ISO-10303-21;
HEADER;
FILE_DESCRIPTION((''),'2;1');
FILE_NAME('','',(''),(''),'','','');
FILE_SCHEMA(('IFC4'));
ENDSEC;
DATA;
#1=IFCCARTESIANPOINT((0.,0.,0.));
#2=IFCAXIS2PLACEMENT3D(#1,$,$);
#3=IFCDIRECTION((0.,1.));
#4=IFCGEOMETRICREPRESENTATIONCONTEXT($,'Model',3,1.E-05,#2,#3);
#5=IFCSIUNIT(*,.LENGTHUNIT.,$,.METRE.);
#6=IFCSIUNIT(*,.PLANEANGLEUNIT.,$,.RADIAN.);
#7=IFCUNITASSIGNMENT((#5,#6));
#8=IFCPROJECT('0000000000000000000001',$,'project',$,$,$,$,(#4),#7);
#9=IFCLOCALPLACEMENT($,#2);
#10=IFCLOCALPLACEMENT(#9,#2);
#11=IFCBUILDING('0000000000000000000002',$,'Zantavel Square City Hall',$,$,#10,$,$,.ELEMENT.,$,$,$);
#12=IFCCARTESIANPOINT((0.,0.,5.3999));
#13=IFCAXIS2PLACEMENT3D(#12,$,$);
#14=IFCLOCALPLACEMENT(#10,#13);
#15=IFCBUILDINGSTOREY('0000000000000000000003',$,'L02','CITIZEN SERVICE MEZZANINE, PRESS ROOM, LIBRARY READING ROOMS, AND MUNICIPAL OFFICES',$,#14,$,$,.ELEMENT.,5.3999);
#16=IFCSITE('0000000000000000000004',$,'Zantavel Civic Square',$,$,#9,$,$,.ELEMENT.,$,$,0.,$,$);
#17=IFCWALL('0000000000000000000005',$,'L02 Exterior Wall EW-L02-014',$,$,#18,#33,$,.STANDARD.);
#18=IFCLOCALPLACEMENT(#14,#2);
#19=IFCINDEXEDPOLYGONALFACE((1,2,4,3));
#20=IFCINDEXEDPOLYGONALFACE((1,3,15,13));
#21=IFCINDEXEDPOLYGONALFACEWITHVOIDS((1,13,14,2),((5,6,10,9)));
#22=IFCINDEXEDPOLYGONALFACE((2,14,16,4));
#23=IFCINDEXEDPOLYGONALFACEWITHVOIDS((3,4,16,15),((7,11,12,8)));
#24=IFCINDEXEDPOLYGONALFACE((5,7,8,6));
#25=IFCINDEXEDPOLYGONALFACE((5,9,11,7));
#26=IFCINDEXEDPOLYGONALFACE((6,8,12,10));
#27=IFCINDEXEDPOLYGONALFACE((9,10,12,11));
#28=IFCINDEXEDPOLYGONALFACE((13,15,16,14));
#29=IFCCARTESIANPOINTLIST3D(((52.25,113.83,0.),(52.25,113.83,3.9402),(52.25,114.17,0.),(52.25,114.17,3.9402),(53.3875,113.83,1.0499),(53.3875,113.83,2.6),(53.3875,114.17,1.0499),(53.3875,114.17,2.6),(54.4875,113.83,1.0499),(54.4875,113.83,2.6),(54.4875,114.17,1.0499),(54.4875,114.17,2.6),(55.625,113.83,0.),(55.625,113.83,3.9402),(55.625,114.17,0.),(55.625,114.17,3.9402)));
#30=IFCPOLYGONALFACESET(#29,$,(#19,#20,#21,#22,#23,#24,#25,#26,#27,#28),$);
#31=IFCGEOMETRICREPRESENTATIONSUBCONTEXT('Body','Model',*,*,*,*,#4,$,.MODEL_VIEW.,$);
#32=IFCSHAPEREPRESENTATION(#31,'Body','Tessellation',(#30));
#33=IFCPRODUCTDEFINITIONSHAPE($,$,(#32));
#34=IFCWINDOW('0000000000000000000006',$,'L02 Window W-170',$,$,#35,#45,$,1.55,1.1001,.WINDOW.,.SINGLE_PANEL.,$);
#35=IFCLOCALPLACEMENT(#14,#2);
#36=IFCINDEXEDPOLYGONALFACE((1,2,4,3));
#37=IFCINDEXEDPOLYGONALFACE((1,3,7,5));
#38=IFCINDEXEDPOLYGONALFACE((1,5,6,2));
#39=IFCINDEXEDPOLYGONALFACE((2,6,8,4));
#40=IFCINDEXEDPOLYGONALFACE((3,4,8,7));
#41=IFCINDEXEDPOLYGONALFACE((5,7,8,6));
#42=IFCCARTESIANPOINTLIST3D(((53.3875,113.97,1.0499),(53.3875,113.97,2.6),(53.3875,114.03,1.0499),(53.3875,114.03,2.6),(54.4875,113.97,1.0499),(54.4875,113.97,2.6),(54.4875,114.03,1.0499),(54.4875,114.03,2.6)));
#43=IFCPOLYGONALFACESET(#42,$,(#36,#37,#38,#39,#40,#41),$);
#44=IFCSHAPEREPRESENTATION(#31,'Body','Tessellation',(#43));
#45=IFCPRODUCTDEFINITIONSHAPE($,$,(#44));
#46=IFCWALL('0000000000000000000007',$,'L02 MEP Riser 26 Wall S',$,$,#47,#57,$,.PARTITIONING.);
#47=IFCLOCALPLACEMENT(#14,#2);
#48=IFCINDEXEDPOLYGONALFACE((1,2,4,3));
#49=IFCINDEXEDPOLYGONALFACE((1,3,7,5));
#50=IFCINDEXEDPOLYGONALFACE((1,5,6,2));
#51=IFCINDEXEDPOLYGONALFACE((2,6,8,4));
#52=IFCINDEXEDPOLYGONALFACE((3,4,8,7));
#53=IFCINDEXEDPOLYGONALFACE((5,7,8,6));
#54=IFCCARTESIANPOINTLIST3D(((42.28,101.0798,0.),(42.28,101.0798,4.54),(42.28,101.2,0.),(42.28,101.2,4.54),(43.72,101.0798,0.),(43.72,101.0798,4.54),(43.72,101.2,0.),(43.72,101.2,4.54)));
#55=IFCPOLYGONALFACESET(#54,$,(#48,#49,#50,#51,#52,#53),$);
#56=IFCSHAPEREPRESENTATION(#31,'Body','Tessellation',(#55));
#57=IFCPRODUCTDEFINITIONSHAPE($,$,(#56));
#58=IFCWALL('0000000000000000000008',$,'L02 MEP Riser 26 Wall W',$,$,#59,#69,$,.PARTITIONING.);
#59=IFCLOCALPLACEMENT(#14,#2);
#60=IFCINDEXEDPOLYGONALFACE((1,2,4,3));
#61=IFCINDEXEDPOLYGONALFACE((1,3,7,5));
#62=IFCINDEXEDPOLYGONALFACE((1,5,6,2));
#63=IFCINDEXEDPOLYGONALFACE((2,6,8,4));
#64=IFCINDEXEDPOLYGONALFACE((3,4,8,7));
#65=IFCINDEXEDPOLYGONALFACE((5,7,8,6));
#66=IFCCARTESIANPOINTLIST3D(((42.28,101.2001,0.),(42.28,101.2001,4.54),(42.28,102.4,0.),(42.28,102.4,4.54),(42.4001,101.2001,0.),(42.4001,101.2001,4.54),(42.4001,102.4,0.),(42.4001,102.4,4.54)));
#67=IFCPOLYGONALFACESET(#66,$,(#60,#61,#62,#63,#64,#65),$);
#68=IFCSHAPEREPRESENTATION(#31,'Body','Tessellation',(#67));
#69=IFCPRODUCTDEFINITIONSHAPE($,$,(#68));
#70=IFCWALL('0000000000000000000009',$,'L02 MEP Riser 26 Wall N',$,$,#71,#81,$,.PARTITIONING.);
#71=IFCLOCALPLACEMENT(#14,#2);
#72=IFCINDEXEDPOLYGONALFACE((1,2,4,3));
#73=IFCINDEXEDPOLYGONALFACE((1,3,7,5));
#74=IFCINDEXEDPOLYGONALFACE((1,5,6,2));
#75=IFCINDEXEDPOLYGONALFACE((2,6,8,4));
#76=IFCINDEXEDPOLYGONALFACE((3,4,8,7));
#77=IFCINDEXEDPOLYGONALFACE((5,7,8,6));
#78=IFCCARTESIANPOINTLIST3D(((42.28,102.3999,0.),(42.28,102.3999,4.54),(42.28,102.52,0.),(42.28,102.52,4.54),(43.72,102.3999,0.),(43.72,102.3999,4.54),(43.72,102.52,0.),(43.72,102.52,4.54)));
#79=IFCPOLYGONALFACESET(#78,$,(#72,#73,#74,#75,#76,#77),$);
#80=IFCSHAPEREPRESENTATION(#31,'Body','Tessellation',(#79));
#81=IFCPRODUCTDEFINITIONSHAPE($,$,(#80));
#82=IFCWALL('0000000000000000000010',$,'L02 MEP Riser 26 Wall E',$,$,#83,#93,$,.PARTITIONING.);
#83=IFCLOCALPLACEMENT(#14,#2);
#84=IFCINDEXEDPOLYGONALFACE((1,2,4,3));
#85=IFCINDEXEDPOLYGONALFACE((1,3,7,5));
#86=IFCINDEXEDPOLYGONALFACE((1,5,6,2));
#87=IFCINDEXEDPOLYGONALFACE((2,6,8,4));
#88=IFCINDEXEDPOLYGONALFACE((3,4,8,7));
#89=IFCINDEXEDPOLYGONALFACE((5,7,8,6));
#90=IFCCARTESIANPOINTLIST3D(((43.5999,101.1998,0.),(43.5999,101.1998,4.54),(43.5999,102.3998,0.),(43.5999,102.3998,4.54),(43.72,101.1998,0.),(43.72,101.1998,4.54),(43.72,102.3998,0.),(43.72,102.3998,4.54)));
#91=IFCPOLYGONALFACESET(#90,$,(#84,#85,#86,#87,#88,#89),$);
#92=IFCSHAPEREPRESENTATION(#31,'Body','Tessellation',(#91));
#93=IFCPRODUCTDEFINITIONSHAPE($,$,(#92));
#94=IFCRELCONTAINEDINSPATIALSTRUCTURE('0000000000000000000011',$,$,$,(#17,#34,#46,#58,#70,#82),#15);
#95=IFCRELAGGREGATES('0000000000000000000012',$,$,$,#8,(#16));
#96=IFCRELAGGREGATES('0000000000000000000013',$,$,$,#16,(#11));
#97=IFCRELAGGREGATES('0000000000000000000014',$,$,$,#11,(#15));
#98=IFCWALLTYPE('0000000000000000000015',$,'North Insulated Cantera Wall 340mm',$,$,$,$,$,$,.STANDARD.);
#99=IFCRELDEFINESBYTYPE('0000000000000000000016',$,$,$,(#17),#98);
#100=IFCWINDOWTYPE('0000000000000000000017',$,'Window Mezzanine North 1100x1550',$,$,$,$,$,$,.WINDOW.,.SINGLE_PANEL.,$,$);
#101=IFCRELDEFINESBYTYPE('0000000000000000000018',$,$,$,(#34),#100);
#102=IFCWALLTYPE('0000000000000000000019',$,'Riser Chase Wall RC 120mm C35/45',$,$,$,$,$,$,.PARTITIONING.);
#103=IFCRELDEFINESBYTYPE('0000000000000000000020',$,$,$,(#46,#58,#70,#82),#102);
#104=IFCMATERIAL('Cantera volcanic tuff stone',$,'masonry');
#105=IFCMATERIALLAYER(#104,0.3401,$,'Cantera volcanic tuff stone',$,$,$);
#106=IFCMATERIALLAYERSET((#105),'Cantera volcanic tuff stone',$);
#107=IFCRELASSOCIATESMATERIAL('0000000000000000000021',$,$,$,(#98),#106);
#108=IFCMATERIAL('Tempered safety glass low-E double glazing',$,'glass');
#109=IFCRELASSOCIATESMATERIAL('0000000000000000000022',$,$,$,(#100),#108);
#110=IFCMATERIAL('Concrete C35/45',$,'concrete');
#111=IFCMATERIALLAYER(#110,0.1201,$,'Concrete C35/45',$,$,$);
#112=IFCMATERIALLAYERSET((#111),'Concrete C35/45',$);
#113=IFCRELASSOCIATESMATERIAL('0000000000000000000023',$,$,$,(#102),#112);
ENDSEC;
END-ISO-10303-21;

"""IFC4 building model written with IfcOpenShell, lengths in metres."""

from ifc_helpers import new_model, si_unit, direction, frame, frame_2d, origin, place, context, subcontext, project, spatial, rectangle, extrude, material, layer, layer_set, type_object, element, fill, save


model = new_model("IFC4")

# Units and contexts
model_context = context("Model", 3, precision=1e-05, world=origin(), true_north=direction((0.0, 1.0)))
body_context = subcontext(model_context, "Body", "Model", "MODEL_VIEW")
ifc_project = project(units=[si_unit("LENGTHUNIT", "METRE"), si_unit("PLANEANGLEUNIT", "RADIAN")], contexts=[model_context])

# Site, building, storey
site_placement = place(None, origin())
site = spatial("IfcSite", under=ifc_project, at=site_placement, Name="Zantavel Civic Square", CompositionType="ELEMENT", RefElevation=0.0)
building_placement = place(site_placement, origin())
building = spatial("IfcBuilding", under=site, at=building_placement, Name="Zantavel Square City Hall", CompositionType="ELEMENT")
storey_placement = place(building_placement, frame((0.0, 0.0, 5.3999)))
storey = spatial("IfcBuildingStorey", under=building, at=storey_placement, Name="L02", Description="CITIZEN SERVICE MEZZANINE, PRESS ROOM, LIBRARY READING ROOMS, AND MUNICIPAL OFFICES", CompositionType="ELEMENT", Elevation=5.3999)

# Shared definitions
ifc_material_1 = material(Name="Concrete C35/45", Category="concrete")

# Shared definitions
ifc_material_2 = material(Name="Cantera volcanic tuff stone", Category="masonry")
ifc_material_3 = material(Name="Tempered safety glass low-E double glazing", Category="glass")

# Wall, opening, window
ifc_layer_1 = layer(ifc_material_2, 0.3401, Name="Cantera volcanic tuff stone")
ifc_layer_set_1 = layer_set([ifc_layer_1], Name="Cantera volcanic tuff stone")
wall_type_1 = type_object("IfcWallType", Name="North Insulated Cantera Wall 340mm", PredefinedType="STANDARD", material=ifc_layer_set_1)
window_type_1 = type_object("IfcWindowType", Name="Window Mezzanine North 1100x1550", PartitioningType="SINGLE_PANEL", PredefinedType="WINDOW", material=ifc_material_3)
wall_1_placement = place(storey_placement, frame((52.25, 114.0, 0.0), z_axis=(0.0, 0.0, 1.0), x_axis=(1.0, 0.0, 0.0)))
wall_1 = element("IfcWall", 1, at=wall_1_placement, inside=storey, type_object=wall_type_1, Name="L02 Exterior Wall EW-L02-014", PredefinedType="STANDARD", context=body_context, shape_type="SweptSolid", body=[
    extrude(rectangle(XDim=3.375, YDim=0.3401, at=frame_2d((1.6875, 0.0))), origin(), (0.0, 0.0, 1.0), 3.9402),
])
opening_1_placement = place(wall_1_placement, frame((1.1375, 0.0, 1.05)))
opening_1 = element("IfcOpeningElement", 2, at=opening_1_placement, cuts=wall_1, PredefinedType="OPENING", context=body_context, shape_type="SweptSolid", body=[
    extrude(rectangle(XDim=1.1001, YDim=1.55, at=frame_2d((0.55, 0.7749))), frame((0.0, 0.1799, 0.0), z_axis=(0.0, -1.0, 0.0), x_axis=(1.0, 0.0, 0.0)), (0.0, 0.0, 1.0), 0.3601),
])
window_1_placement = place(opening_1_placement, origin())
window_1 = element("IfcWindow", 3, at=window_1_placement, inside=storey, type_object=window_type_1, Name="L02 Window W-170", OverallHeight=1.55, OverallWidth=1.1001, PartitioningType="SINGLE_PANEL", PredefinedType="WINDOW", context=body_context, shape_type="SweptSolid", body=[
    extrude(rectangle(XDim=1.1001, YDim=1.55, at=frame_2d((0.55, 0.7749))), frame((0.0, 0.03, 0.0), z_axis=(0.0, -1.0, 0.0), x_axis=(1.0, 0.0, 0.0)), (0.0, 0.0, 1.0), 0.0601),
])
fill(opening_1, window_1)

# Walls
ifc_layer_2 = layer(ifc_material_1, 0.1201, Name="Concrete C35/45")
ifc_layer_set_2 = layer_set([ifc_layer_2], Name="Concrete C35/45")
wall_type_2 = type_object("IfcWallType", Name="Riser Chase Wall RC 120mm C35/45", PredefinedType="PARTITIONING", material=ifc_layer_set_2)
wall_2_placement = place(storey_placement, frame((43.72, 101.1399, 0.0), z_axis=(0.0, 0.0, 1.0), x_axis=(-1.0, 0.0, 0.0)))
element("IfcWall", 4, at=wall_2_placement, inside=storey, type_object=wall_type_2, Name="L02 MEP Riser 26 Wall S", PredefinedType="PARTITIONING", context=body_context, shape_type="SweptSolid", body=[
    extrude(rectangle(XDim=1.4399, YDim=0.1201, at=frame_2d((0.72, 0.0))), origin(), (0.0, 0.0, 1.0), 4.54),
])
wall_3_placement = place(storey_placement, frame((42.3401, 101.2, 0.0), z_axis=(0.0, 0.0, 1.0), x_axis=(0.0, 1.0, 0.0)))
element("IfcWall", 5, at=wall_3_placement, inside=storey, type_object=wall_type_2, Name="L02 MEP Riser 26 Wall W", PredefinedType="PARTITIONING", context=body_context, shape_type="SweptSolid", body=[
    extrude(rectangle(XDim=1.2, YDim=0.1201, at=frame_2d((0.6001, 0.0))), origin(), (0.0, 0.0, 1.0), 4.54),
])
wall_4_placement = place(storey_placement, frame((42.28, 102.46, 0.0), z_axis=(0.0, 0.0, 1.0), x_axis=(1.0, 0.0, 0.0)))
element("IfcWall", 6, at=wall_4_placement, inside=storey, type_object=wall_type_2, Name="L02 MEP Riser 26 Wall N", PredefinedType="PARTITIONING", context=body_context, shape_type="SweptSolid", body=[
    extrude(rectangle(XDim=1.4399, YDim=0.1201, at=frame_2d((0.72, 0.0))), origin(), (0.0, 0.0, 1.0), 4.54),
])
wall_5_placement = place(storey_placement, frame((43.6599, 102.3999, 0.0), z_axis=(0.0, 0.0, 1.0), x_axis=(0.0, -1.0, 0.0)))
element("IfcWall", 7, at=wall_5_placement, inside=storey, type_object=wall_type_2, Name="L02 MEP Riser 26 Wall E", PredefinedType="PARTITIONING", context=body_context, shape_type="SweptSolid", body=[
    extrude(rectangle(XDim=1.2, YDim=0.1201, at=frame_2d((0.6001, 0.0))), origin(), (0.0, 0.0, 1.0), 4.54),
])

save(model, "model.ifc")
